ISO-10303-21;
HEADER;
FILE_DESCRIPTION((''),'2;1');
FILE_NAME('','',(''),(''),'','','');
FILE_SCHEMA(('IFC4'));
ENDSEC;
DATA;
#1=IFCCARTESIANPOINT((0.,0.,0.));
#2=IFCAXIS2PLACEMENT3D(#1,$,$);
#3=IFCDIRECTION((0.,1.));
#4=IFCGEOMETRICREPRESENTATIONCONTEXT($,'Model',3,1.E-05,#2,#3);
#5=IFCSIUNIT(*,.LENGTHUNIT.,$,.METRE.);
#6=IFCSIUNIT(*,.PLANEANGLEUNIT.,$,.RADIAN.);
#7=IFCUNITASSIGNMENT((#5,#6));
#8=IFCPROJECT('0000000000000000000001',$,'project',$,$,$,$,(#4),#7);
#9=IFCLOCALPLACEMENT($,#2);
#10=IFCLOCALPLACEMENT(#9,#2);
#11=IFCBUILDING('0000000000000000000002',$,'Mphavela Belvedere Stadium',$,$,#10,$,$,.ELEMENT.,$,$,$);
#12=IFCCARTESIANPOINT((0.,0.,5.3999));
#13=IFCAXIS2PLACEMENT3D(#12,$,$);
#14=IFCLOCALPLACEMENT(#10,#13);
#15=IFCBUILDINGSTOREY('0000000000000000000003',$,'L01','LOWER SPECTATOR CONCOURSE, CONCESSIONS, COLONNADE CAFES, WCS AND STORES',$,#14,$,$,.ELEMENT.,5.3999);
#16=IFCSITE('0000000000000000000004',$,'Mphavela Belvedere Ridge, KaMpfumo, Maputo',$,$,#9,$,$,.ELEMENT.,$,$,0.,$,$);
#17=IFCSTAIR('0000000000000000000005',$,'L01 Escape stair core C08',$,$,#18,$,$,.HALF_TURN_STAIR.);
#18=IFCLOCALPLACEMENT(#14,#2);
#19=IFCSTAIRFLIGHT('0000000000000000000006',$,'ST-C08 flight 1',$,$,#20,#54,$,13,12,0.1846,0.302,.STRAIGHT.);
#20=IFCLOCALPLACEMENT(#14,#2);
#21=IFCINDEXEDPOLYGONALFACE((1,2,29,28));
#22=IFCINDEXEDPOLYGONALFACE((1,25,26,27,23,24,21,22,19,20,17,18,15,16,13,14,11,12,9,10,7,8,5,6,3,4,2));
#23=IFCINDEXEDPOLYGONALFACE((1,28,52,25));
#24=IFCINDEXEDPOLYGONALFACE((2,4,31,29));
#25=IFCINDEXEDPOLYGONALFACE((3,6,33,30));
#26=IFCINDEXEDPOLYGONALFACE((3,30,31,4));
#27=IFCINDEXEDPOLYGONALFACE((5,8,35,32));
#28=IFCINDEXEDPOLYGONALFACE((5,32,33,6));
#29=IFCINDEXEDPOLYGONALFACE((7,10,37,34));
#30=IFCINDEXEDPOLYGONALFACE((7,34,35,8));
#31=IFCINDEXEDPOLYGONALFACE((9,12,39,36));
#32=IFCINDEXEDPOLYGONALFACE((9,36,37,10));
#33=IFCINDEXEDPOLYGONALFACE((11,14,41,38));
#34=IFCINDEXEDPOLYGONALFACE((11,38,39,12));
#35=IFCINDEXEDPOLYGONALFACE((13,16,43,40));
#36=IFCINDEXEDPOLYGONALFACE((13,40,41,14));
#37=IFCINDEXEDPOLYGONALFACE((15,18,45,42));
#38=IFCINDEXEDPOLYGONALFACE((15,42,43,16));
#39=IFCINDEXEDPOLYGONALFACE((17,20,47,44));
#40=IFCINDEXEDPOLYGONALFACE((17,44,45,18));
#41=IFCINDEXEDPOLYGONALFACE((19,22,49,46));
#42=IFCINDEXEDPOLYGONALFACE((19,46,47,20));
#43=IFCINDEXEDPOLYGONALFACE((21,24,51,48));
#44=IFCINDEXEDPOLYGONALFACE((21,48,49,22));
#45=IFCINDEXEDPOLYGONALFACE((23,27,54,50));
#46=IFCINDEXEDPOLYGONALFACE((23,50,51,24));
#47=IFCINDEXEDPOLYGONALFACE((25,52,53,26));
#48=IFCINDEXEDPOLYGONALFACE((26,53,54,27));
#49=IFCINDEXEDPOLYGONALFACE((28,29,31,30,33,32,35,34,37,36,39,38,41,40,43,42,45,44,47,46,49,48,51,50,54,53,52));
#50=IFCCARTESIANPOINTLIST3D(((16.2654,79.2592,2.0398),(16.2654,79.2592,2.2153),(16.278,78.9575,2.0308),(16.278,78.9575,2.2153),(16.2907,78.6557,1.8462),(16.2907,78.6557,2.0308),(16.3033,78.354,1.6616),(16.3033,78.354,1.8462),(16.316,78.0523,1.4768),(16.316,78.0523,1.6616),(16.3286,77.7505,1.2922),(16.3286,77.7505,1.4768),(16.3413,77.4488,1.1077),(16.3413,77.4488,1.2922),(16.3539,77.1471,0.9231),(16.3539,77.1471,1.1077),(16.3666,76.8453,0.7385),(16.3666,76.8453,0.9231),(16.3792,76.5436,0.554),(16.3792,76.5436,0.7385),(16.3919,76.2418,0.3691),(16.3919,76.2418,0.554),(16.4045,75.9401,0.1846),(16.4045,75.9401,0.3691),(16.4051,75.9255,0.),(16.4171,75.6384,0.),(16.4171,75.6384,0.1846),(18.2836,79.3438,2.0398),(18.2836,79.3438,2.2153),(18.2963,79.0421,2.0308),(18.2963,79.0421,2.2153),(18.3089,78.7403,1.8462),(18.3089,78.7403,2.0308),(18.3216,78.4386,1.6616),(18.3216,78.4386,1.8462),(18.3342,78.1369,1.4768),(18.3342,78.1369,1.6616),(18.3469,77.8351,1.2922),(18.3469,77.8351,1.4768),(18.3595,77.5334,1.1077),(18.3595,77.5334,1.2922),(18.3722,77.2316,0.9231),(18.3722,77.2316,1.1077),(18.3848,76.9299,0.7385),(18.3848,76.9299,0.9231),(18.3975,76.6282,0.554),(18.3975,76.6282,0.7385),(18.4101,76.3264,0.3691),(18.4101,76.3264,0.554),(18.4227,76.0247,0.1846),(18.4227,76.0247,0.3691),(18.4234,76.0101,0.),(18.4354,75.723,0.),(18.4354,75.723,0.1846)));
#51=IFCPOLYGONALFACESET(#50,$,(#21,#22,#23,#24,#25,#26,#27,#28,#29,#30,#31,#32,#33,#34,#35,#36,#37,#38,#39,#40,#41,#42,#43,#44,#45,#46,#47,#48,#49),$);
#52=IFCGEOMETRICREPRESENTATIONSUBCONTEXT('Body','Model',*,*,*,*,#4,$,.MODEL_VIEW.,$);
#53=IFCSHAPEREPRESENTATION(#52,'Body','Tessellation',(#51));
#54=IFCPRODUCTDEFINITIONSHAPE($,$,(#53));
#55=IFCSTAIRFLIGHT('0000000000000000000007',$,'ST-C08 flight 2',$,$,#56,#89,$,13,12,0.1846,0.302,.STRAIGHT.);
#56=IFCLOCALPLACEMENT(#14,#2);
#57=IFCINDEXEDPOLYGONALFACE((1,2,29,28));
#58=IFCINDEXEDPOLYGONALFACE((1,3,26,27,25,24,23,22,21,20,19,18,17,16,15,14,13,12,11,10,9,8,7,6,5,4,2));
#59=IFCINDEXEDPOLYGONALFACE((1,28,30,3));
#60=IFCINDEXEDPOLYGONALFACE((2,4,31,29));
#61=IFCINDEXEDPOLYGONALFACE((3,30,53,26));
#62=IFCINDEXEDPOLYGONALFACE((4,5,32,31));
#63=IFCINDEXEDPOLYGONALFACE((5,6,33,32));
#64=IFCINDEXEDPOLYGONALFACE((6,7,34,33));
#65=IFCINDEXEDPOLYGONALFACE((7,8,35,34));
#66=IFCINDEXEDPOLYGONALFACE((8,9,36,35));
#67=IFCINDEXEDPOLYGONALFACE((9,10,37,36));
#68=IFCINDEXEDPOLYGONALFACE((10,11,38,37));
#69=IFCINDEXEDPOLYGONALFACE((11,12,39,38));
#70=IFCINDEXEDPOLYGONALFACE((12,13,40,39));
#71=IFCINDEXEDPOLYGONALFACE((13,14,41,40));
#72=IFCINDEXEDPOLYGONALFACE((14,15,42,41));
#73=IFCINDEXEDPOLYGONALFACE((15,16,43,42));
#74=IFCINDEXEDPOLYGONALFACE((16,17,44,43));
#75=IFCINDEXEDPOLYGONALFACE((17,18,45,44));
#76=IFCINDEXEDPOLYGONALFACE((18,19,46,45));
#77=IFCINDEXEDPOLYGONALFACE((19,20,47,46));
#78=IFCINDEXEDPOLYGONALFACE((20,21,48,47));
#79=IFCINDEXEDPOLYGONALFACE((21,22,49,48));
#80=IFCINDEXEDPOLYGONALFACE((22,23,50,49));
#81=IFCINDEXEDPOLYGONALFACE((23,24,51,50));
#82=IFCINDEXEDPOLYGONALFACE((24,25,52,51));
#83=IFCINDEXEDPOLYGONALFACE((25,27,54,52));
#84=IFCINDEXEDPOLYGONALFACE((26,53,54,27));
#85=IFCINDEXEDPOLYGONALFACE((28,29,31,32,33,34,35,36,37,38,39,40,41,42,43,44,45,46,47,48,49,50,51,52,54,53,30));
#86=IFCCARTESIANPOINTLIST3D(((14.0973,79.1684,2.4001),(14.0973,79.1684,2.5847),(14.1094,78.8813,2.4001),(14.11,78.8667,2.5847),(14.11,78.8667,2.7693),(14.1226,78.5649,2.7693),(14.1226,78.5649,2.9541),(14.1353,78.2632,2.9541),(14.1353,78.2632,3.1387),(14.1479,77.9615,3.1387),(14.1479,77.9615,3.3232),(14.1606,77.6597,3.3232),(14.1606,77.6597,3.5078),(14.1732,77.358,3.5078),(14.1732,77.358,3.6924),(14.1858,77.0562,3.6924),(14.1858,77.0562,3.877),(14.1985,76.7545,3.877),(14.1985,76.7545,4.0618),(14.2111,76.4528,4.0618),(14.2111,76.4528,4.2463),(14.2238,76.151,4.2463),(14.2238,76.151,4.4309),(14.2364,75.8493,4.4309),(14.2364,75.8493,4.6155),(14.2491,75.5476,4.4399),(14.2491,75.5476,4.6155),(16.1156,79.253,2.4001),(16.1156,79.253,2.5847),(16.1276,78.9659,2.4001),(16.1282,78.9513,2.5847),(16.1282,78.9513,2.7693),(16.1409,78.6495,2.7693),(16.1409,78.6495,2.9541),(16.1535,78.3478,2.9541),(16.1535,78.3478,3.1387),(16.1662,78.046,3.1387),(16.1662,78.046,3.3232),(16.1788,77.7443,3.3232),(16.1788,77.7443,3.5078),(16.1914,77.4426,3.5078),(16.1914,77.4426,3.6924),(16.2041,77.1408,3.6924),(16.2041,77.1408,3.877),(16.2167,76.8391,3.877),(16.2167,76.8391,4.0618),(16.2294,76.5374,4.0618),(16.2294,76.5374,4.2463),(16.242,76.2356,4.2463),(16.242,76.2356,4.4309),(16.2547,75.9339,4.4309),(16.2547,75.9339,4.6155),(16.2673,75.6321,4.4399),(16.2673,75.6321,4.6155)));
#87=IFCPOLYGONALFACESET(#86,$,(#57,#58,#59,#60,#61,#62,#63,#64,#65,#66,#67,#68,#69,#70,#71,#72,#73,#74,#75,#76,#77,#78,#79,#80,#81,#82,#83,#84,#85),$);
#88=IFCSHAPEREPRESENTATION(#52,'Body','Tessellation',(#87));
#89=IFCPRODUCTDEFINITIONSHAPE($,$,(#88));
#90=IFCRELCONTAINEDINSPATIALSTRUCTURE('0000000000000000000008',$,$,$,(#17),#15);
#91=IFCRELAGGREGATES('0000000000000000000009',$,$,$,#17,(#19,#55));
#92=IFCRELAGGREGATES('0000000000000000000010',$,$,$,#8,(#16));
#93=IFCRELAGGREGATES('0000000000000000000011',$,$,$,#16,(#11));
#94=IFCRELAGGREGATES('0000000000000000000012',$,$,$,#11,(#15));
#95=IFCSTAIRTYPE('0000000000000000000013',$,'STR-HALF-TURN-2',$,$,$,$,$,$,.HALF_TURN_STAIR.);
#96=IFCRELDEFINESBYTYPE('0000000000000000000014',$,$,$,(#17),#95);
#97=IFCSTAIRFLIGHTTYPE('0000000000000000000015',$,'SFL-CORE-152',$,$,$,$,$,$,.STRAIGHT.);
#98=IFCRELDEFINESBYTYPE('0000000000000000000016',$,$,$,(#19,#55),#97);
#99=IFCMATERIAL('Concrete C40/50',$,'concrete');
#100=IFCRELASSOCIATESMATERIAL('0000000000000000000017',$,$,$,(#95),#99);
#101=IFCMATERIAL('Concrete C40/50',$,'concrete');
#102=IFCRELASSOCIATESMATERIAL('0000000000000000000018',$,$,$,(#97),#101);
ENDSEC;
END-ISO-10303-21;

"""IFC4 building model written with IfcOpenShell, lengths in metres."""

from ifc_helpers import new_model, si_unit, direction, frame, origin, place, context, subcontext, project, spatial, polyline, outline, extrude, material, type_object, element, aggregate, save


model = new_model("IFC4")

# Units and contexts
model_context = context("Model", 3, precision=1e-05, world=origin(), true_north=direction((0.0, 1.0)))
body_context = subcontext(model_context, "Body", "Model", "MODEL_VIEW")
ifc_project = project(units=[si_unit("LENGTHUNIT", "METRE"), si_unit("PLANEANGLEUNIT", "RADIAN")], contexts=[model_context])

# Site, building, storey
site_placement = place(None, origin())
site = spatial("IfcSite", under=ifc_project, at=site_placement, Name="Mphavela Belvedere Ridge, KaMpfumo, Maputo", CompositionType="ELEMENT", RefElevation=0.0)
building_placement = place(site_placement, origin())
building = spatial("IfcBuilding", under=site, at=building_placement, Name="Mphavela Belvedere Stadium", CompositionType="ELEMENT")
storey_placement = place(building_placement, frame((0.0, 0.0, 5.3999)))
storey = spatial("IfcBuildingStorey", under=building, at=storey_placement, Name="L01", Description="LOWER SPECTATOR CONCOURSE, CONCESSIONS, COLONNADE CAFES, WCS AND STORES", CompositionType="ELEMENT", Elevation=5.3999)

# Stair, stair flights
ifc_material_1 = material(Name="Concrete C40/50", Category="concrete")
stair_type = type_object("IfcStairType", Name="STR-HALF-TURN-2", PredefinedType="HALF_TURN_STAIR", material=ifc_material_1)
stair_placement = place(storey_placement, origin())
stair = element("IfcStair", 1, at=stair_placement, inside=storey, type_object=stair_type, Name="L01 Escape stair core C08", PredefinedType="HALF_TURN_STAIR")
ifc_material_2 = material(Name="Concrete C40/50", Category="concrete")
stair_flight_type = type_object("IfcStairFlightType", Name="SFL-CORE-152", PredefinedType="STRAIGHT", material=ifc_material_2)
stair_flight_1_placement = place(storey_placement, frame((17.4263, 75.6807, 0.0), z_axis=(0.0, 0.0, 1.0), x_axis=(-0.041876, 0.999123, 0.0)))
stair_flight_1 = element("IfcStairFlight", 2, at=stair_flight_1_placement, type_object=stair_flight_type, Name="ST-C08 flight 1", NumberOfRisers=13, NumberOfTreads=12, PredefinedType="STRAIGHT", RiserHeight=0.1846, TreadLength=0.302, context=body_context, shape_type="SweptSolid", body=[
    extrude(outline(polyline([(0.0, 0.0), (0.0, 0.1846), (0.302, 0.1846), (0.302, 0.3691), (0.604, 0.3691), (0.604, 0.554), (0.906, 0.554), (0.906, 0.7385), (1.208, 0.7385), (1.208, 0.9231), (1.51, 0.9231), (1.51, 1.1077), (1.812, 1.1077), (1.812, 1.2922), (2.114, 1.2922), (2.114, 1.4768), (2.416, 1.4768), (2.416, 1.6616), (2.718, 1.6616), (2.718, 1.8462), (3.02, 1.8462), (3.02, 2.0308), (3.322, 2.0308), (3.322, 2.2153), (3.624, 2.2153), (3.624, 2.3999), (3.624, 2.0398), (0.2874, 0.0), (0.0, 0.0)])), frame((0.0, 1.01, 0.0), z_axis=(0.0, -1.0, 0.0), x_axis=(1.0, 0.0, 0.0)), (0.0, 0.0, 1.0), 2.02),
])
stair_flight_2_placement = place(storey_placement, frame((15.1064, 79.2107, 2.4001), z_axis=(0.0, 0.0, 1.0), x_axis=(0.041876, -0.999123, 0.0)))
stair_flight_2 = element("IfcStairFlight", 3, at=stair_flight_2_placement, type_object=stair_flight_type, Name="ST-C08 flight 2", NumberOfRisers=13, NumberOfTreads=12, PredefinedType="STRAIGHT", RiserHeight=0.1846, TreadLength=0.302, context=body_context, shape_type="SweptSolid", body=[
    extrude(outline(polyline([(0.0, 0.0), (0.0, 0.1846), (0.302, 0.1846), (0.302, 0.3691), (0.604, 0.3691), (0.604, 0.554), (0.906, 0.554), (0.906, 0.7385), (1.208, 0.7385), (1.208, 0.9231), (1.51, 0.9231), (1.51, 1.1077), (1.812, 1.1077), (1.812, 1.2922), (2.114, 1.2922), (2.114, 1.4768), (2.416, 1.4768), (2.416, 1.6616), (2.718, 1.6616), (2.718, 1.8462), (3.02, 1.8462), (3.02, 2.0308), (3.322, 2.0308), (3.322, 2.2153), (3.624, 2.2153), (3.624, 2.3999), (3.624, 2.0398), (0.2874, 0.0), (0.0, 0.0)])), frame((0.0, 1.01, 0.0), z_axis=(0.0, -1.0, 0.0), x_axis=(1.0, 0.0, 0.0)), (0.0, 0.0, 1.0), 2.02),
])
aggregate(stair, [stair_flight_1, stair_flight_2])

save(model, "model.ifc")
